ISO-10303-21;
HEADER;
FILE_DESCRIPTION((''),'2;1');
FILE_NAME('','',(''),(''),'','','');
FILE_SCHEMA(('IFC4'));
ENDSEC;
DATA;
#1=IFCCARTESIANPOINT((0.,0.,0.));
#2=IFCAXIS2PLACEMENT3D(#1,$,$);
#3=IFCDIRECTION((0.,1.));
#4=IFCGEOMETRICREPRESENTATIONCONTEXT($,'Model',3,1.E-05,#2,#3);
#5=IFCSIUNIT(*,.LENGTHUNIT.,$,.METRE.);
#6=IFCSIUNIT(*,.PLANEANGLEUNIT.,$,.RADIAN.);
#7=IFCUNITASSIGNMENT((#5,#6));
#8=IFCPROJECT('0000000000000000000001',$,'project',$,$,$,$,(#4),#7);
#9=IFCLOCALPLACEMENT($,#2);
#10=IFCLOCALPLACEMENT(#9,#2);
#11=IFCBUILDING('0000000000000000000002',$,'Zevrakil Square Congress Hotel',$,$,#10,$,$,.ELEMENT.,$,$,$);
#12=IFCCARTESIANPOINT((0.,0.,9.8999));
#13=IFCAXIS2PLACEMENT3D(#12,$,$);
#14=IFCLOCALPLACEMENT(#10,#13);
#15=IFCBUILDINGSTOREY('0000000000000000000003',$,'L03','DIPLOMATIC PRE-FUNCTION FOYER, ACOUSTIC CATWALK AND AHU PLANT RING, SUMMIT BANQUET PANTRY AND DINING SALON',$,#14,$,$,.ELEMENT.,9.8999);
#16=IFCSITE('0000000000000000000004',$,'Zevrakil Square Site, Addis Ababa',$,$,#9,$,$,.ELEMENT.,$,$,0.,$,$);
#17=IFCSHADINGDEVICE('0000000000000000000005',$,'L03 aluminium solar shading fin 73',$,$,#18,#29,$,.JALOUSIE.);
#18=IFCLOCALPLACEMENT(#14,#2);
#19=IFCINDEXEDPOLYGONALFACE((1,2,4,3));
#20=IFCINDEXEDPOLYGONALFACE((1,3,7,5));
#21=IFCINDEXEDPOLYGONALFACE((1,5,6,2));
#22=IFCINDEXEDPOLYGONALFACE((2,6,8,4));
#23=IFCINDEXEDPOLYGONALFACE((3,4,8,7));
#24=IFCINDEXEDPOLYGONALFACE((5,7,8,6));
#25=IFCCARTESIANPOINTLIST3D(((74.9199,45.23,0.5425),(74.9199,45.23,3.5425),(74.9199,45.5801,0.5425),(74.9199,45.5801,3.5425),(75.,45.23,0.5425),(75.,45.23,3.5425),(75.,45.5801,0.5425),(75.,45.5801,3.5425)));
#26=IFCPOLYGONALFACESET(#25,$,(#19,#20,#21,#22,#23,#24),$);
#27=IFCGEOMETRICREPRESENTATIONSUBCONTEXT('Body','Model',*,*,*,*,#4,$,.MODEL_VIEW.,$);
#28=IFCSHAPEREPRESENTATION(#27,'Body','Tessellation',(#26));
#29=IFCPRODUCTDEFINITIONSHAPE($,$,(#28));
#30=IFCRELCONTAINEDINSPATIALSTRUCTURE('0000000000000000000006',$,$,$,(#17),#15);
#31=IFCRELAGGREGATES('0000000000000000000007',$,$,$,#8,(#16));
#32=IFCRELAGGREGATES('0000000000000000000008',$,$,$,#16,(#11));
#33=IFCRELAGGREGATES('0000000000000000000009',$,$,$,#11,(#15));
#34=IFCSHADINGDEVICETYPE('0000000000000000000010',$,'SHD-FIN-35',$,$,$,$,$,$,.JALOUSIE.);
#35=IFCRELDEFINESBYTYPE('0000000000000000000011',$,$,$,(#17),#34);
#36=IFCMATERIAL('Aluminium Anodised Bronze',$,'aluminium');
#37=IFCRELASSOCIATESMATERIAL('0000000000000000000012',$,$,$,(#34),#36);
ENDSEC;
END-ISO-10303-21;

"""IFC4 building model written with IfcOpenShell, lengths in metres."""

from ifc_helpers import new_model, si_unit, direction, frame, origin, origin_2d, place, context, subcontext, project, spatial, rectangle, extrude, material, type_object, element, save


model = new_model("IFC4")

# Units and contexts
model_context = context("Model", 3, precision=1e-05, world=origin(), true_north=direction((0.0, 1.0)))
body_context = subcontext(model_context, "Body", "Model", "MODEL_VIEW")
ifc_project = project(units=[si_unit("LENGTHUNIT", "METRE"), si_unit("PLANEANGLEUNIT", "RADIAN")], contexts=[model_context])

# Site, building, storey
site_placement = place(None, origin())
site = spatial("IfcSite", under=ifc_project, at=site_placement, Name="Zevrakil Square Site, Addis Ababa", CompositionType="ELEMENT", RefElevation=0.0)
building_placement = place(site_placement, origin())
building = spatial("IfcBuilding", under=site, at=building_placement, Name="Zevrakil Square Congress Hotel", CompositionType="ELEMENT")
storey_placement = place(building_placement, frame((0.0, 0.0, 9.8999)))
storey = spatial("IfcBuildingStorey", under=building, at=storey_placement, Name="L03", Description="DIPLOMATIC PRE-FUNCTION FOYER, ACOUSTIC CATWALK AND AHU PLANT RING, SUMMIT BANQUET PANTRY AND DINING SALON", CompositionType="ELEMENT", Elevation=9.8999)

# Shading device
ifc_material_1 = material(Name="Aluminium Anodised Bronze", Category="aluminium")
shading_device_type = type_object("IfcShadingDeviceType", Name="SHD-FIN-35", PredefinedType="JALOUSIE", material=ifc_material_1)
for number, where, z_axis, x_axis, name in (
    (1, (74.96, 45.405, 0.5425), (0.0, 0.0, 1.0), (0.0, -1.0, 0.0), "L03 aluminium solar shading fin 73"),
):
    element("IfcShadingDevice", number, at=place(storey_placement, frame(where, z_axis=z_axis, x_axis=x_axis)), inside=storey, type_object=shading_device_type, Name=name, PredefinedType="JALOUSIE", context=body_context, shape_type="SweptSolid", body=[
        extrude(rectangle(XDim=0.3501, YDim=0.0801, at=origin_2d()), origin(), (0.0, 0.0, 1.0), 3.0),
    ])

save(model, "model.ifc")
